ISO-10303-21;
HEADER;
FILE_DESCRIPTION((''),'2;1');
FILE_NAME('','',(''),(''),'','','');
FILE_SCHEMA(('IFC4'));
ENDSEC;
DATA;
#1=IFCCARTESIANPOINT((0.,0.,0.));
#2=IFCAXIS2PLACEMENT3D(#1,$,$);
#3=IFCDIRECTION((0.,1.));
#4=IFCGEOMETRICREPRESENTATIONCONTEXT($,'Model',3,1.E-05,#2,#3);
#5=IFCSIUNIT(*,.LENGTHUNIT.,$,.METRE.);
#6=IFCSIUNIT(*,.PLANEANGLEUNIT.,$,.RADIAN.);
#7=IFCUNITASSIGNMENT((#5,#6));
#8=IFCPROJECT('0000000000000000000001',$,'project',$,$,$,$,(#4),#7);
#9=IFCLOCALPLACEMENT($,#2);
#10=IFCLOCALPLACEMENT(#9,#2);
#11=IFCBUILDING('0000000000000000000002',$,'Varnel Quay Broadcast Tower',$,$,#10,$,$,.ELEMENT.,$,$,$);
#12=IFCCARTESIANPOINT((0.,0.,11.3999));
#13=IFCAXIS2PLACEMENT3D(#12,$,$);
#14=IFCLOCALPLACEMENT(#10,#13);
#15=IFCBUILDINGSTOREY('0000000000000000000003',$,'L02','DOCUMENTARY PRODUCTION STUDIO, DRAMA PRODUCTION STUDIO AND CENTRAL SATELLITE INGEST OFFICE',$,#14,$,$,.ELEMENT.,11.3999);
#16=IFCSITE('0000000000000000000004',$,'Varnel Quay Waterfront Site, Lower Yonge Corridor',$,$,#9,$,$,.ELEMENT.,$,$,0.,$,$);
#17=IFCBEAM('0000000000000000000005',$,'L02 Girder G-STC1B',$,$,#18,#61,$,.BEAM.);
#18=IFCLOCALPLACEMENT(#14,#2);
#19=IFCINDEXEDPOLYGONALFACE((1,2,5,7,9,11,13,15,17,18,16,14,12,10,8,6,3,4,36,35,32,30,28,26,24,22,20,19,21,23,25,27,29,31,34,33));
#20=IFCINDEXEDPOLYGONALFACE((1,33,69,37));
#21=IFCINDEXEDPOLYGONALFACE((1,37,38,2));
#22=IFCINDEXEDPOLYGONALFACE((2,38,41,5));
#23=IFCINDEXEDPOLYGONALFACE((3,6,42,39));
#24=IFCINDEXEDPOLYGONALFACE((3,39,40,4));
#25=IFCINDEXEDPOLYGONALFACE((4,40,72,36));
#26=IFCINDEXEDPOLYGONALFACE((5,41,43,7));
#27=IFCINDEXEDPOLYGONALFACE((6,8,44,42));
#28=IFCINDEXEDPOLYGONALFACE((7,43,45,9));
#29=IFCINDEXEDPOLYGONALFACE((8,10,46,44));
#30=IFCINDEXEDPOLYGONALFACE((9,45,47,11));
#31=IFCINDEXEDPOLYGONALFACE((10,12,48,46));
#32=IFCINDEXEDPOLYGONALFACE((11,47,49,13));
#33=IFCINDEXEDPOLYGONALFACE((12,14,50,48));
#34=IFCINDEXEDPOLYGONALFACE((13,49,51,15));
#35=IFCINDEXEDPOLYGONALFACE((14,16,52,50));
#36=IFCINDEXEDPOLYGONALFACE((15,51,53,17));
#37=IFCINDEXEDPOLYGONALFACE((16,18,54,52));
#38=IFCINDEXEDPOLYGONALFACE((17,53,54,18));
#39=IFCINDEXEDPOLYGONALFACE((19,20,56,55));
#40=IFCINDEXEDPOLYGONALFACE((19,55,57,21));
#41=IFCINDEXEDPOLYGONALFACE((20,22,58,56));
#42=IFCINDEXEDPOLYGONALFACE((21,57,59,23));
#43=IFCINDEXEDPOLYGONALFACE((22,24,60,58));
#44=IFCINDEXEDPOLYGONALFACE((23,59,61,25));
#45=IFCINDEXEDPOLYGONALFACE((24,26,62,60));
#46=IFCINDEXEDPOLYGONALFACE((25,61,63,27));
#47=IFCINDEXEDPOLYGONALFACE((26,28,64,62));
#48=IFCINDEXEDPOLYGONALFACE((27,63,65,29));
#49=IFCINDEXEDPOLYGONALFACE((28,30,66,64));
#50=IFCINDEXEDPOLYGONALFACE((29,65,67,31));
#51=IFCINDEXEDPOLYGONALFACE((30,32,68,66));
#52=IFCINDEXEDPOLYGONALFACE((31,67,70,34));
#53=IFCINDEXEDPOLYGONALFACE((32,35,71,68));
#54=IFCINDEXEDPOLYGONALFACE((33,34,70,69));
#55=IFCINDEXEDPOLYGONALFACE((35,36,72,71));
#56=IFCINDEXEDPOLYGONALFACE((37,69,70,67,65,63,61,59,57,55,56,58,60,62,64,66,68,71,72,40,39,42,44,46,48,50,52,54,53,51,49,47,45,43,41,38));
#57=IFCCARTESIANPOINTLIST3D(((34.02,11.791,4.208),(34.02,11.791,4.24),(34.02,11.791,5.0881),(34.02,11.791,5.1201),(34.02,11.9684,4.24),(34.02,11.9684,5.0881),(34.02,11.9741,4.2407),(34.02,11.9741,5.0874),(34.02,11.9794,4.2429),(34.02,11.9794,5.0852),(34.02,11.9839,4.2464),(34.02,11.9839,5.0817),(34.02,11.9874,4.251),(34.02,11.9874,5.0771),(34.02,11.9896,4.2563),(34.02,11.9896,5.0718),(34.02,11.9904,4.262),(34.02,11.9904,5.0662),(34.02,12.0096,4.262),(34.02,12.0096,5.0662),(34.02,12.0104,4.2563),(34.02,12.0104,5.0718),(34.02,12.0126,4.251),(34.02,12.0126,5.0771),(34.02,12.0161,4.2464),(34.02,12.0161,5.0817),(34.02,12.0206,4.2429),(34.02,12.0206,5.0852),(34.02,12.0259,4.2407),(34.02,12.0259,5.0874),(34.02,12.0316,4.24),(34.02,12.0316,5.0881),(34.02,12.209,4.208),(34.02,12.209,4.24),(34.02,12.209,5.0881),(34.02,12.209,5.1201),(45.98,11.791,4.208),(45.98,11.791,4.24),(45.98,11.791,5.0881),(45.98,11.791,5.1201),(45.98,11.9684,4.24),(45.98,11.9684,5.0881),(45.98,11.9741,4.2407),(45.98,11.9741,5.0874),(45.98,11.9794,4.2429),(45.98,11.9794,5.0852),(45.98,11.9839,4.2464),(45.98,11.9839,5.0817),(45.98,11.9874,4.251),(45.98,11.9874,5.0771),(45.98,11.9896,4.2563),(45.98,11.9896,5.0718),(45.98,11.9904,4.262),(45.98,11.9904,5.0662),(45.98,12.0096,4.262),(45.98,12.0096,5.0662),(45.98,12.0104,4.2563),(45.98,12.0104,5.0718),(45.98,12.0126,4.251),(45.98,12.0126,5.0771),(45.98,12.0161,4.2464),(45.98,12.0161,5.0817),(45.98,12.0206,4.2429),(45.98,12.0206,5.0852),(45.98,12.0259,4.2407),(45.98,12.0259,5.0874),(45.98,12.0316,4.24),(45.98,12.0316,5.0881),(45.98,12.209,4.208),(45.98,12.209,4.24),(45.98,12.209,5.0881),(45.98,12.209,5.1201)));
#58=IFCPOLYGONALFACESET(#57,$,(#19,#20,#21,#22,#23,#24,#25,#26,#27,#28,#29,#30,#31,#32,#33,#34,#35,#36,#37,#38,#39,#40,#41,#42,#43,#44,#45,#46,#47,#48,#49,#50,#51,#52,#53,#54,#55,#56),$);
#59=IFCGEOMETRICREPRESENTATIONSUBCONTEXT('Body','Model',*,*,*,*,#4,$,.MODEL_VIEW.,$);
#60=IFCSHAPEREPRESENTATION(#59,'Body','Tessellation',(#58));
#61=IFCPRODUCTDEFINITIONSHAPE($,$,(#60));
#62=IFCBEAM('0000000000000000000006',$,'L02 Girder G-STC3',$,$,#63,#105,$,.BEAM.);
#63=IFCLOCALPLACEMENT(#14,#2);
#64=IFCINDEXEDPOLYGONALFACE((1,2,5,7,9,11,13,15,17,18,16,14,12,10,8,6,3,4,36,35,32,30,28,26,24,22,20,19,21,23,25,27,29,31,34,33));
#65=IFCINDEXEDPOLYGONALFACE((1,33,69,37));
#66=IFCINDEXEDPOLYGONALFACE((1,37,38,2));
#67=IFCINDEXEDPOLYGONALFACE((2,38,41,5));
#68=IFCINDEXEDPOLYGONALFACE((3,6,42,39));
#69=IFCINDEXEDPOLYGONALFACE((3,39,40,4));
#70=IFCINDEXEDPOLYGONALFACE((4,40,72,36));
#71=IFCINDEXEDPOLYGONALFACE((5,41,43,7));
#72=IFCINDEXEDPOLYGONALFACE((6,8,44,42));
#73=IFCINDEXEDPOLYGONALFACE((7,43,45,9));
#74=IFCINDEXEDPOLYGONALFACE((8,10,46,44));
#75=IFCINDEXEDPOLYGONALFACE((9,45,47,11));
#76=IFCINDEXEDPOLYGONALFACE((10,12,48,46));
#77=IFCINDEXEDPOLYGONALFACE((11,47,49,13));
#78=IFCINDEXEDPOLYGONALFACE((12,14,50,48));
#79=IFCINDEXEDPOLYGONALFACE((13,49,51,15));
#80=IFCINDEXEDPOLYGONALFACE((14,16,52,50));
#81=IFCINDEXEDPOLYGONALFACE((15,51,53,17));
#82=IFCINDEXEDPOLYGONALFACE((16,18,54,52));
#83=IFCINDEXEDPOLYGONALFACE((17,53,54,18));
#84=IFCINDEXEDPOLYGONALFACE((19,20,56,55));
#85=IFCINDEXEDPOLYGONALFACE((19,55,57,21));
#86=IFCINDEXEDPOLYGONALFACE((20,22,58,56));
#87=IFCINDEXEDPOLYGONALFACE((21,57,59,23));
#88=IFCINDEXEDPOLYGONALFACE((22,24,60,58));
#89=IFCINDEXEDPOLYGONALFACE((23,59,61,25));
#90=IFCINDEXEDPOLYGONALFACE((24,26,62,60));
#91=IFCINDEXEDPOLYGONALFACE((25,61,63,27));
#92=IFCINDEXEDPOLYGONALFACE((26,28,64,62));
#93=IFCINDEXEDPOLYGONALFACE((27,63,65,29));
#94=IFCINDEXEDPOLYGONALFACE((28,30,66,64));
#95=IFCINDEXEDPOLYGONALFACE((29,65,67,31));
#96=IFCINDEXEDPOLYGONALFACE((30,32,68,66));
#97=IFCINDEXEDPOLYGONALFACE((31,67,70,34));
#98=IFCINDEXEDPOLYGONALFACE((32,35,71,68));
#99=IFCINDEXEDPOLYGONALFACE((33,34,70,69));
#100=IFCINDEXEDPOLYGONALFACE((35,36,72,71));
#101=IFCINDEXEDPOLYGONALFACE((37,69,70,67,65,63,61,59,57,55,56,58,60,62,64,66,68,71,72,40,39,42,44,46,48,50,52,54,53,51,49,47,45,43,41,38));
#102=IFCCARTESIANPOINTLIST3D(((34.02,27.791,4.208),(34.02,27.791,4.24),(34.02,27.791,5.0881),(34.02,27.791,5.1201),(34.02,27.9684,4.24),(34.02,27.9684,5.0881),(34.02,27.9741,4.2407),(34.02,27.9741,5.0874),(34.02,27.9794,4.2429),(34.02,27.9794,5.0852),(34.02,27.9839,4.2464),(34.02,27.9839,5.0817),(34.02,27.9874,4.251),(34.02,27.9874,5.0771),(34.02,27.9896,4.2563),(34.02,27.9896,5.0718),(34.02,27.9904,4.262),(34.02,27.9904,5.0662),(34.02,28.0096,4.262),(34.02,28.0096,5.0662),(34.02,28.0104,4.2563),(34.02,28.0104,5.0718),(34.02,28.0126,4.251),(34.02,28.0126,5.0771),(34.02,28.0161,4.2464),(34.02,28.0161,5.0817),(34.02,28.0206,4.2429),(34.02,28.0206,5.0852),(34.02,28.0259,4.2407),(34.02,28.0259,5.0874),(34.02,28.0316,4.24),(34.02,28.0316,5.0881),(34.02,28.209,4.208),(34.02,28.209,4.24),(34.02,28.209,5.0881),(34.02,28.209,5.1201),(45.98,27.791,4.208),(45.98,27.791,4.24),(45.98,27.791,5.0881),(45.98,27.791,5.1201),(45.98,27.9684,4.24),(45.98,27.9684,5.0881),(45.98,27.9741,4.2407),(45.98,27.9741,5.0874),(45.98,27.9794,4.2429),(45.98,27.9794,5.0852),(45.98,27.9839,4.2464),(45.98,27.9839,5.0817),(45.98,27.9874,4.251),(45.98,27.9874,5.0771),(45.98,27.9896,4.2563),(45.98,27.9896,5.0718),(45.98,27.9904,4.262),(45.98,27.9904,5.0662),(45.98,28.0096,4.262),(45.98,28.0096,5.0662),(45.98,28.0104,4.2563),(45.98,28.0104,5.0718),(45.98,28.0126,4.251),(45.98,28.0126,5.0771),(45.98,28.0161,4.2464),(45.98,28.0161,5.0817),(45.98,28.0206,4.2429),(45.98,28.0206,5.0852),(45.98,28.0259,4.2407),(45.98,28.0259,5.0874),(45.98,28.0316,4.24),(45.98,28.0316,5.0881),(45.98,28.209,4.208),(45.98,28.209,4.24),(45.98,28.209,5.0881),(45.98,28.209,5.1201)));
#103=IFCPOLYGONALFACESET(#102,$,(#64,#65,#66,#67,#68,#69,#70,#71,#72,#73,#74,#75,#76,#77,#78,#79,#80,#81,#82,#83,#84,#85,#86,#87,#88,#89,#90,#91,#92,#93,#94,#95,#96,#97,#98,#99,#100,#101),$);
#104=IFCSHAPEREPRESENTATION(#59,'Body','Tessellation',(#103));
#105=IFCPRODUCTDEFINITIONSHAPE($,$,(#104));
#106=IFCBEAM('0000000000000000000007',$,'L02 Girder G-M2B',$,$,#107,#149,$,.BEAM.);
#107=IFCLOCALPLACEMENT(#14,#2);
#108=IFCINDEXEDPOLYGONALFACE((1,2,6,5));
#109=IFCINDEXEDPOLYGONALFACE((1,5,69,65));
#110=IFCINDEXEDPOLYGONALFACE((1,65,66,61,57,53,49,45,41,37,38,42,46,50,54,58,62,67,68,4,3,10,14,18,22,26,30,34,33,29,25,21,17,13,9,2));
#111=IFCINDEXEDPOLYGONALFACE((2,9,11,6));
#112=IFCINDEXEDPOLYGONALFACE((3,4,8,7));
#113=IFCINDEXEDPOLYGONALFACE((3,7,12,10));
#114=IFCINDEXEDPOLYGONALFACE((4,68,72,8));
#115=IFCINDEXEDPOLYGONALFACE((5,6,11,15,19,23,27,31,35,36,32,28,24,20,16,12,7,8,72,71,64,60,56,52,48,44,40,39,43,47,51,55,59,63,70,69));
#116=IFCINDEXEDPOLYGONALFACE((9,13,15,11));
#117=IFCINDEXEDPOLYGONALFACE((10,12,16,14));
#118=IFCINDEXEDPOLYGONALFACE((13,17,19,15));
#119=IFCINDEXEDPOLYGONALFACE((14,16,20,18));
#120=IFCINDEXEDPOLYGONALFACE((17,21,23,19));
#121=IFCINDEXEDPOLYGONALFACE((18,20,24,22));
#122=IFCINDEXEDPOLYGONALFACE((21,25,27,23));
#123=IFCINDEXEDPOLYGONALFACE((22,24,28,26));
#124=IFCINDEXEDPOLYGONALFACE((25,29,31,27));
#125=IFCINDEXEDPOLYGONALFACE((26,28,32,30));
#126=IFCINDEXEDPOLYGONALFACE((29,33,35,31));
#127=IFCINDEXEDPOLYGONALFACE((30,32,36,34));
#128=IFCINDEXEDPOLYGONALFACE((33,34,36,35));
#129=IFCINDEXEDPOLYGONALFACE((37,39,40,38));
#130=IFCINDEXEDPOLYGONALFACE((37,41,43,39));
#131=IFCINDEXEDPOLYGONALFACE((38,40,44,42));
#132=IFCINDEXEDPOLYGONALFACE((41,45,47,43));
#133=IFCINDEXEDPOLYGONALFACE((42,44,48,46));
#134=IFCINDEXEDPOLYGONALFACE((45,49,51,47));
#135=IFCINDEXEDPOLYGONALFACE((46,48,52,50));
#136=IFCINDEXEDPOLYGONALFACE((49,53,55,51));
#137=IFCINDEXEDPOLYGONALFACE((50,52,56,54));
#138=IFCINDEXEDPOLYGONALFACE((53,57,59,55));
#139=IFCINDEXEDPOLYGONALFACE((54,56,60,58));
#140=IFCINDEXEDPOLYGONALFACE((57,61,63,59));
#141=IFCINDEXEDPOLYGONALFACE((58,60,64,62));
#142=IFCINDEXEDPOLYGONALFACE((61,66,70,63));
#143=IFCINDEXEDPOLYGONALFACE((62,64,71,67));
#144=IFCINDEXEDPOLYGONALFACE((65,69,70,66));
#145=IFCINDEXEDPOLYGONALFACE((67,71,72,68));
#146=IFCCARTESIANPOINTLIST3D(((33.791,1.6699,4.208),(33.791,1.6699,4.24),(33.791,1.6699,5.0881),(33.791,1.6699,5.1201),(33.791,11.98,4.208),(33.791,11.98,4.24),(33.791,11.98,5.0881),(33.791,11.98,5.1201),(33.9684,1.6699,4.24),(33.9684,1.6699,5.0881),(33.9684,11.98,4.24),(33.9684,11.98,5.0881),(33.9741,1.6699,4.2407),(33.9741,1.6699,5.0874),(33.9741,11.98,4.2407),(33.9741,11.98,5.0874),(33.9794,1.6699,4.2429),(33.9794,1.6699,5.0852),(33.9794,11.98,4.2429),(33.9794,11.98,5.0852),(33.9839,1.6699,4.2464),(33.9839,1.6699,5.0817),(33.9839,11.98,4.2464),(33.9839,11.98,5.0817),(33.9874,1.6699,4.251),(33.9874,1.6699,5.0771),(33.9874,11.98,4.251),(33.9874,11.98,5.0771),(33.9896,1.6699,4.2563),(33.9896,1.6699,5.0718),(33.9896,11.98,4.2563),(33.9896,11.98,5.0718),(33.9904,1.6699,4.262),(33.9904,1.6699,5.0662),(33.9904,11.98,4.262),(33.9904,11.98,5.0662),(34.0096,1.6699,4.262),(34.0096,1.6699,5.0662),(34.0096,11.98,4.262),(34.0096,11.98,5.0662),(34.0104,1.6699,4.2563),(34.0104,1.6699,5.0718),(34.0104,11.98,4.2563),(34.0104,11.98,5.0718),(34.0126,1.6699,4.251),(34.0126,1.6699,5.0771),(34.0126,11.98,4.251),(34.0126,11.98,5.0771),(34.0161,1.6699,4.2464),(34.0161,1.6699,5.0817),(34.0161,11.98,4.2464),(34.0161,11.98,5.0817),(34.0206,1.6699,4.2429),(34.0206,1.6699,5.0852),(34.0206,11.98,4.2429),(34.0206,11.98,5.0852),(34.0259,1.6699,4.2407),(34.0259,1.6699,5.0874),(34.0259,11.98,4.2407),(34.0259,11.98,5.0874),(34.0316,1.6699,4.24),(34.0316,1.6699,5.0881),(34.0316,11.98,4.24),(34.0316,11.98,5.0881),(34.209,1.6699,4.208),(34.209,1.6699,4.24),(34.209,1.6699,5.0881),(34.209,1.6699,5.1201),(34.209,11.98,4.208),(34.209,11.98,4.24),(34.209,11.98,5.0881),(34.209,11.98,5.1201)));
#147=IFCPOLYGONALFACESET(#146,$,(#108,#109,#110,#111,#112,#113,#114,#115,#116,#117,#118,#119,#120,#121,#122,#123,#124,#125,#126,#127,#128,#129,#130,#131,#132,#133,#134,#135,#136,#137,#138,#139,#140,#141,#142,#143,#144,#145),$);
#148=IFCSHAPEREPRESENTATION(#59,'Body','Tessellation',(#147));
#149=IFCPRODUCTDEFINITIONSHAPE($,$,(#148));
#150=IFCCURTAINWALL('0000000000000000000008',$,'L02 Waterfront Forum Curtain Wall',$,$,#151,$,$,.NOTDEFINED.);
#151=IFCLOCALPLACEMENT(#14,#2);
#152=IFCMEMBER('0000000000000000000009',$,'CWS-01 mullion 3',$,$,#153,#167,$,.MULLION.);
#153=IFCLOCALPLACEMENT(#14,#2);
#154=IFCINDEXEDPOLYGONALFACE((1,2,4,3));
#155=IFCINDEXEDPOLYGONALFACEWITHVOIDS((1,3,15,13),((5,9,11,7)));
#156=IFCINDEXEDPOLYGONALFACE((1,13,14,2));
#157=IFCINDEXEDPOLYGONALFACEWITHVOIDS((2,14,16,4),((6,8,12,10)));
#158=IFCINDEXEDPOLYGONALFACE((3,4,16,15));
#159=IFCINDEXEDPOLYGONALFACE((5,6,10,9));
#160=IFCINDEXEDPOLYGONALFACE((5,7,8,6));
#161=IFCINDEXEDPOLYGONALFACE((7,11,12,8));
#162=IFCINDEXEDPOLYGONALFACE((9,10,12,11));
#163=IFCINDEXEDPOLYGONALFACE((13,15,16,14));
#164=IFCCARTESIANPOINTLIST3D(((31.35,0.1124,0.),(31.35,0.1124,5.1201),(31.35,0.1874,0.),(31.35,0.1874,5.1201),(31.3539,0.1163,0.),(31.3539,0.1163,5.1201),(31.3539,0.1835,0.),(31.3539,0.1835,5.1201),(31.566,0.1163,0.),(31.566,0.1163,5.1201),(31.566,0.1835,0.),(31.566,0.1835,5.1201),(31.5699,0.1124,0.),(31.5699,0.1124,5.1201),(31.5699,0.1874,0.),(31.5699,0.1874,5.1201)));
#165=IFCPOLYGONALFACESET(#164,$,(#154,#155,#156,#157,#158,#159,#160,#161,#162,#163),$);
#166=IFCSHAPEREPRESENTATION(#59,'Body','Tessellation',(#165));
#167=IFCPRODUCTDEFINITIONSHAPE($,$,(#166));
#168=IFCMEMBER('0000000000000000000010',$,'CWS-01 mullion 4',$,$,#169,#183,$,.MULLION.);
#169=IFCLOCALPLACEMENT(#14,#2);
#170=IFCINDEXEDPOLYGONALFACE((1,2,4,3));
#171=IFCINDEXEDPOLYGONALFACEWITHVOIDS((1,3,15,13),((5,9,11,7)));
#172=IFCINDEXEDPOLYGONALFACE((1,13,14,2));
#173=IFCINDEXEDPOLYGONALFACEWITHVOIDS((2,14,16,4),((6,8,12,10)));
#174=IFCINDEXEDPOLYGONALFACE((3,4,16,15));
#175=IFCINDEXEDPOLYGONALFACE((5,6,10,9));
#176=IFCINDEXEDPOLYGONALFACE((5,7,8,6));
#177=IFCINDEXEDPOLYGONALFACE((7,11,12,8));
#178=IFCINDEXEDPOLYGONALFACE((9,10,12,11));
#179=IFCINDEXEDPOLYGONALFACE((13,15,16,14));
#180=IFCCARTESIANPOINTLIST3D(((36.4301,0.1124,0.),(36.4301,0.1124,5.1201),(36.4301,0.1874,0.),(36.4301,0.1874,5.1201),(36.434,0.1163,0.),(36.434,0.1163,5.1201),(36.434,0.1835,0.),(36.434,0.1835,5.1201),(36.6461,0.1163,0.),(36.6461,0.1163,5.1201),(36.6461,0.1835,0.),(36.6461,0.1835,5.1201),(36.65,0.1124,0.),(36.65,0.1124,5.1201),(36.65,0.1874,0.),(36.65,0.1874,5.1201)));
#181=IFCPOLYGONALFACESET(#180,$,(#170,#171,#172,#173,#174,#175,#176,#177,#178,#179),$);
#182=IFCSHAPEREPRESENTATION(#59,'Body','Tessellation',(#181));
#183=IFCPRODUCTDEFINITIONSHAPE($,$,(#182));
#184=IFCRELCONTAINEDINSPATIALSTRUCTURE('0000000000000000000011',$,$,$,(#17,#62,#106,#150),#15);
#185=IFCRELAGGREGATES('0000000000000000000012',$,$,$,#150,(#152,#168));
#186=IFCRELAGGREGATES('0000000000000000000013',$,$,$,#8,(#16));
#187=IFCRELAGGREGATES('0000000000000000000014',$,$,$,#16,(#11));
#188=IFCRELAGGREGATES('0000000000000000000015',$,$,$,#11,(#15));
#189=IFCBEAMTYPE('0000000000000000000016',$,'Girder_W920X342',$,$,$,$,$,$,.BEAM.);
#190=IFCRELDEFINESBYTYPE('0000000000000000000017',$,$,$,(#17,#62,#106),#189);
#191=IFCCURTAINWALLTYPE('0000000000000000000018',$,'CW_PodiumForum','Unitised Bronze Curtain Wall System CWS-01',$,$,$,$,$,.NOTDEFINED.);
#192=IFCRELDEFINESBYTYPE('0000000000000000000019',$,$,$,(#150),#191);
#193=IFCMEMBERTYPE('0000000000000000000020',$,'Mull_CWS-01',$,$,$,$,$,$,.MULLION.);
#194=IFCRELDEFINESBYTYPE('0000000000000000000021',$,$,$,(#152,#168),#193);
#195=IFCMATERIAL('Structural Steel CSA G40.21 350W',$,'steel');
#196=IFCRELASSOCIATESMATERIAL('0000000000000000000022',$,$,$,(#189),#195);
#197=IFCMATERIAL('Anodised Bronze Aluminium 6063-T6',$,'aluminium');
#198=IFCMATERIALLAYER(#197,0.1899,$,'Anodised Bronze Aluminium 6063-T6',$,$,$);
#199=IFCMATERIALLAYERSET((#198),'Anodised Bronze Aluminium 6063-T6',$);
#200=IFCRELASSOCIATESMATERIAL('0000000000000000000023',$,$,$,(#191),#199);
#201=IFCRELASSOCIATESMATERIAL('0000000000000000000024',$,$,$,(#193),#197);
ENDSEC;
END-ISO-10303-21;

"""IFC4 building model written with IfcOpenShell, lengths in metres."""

from ifc_helpers import new_model, si_unit, direction, frame, origin, origin_2d, place, context, subcontext, project, spatial, hollow_rectangle, i_section, extrude, source, transform, mapped, material, layer, layer_set, material_profile, profile_set, type_object, type_shapes, element, aggregate, save


model = new_model("IFC4")

# Units and contexts
model_context = context("Model", 3, precision=1e-05, world=origin(), true_north=direction((0.0, 1.0)))
body_context = subcontext(model_context, "Body", "Model", "MODEL_VIEW")
ifc_project = project(units=[si_unit("LENGTHUNIT", "METRE"), si_unit("PLANEANGLEUNIT", "RADIAN")], contexts=[model_context])

# Site, building, storey
site_placement = place(None, origin())
site = spatial("IfcSite", under=ifc_project, at=site_placement, Name="Varnel Quay Waterfront Site, Lower Yonge Corridor", CompositionType="ELEMENT", RefElevation=0.0)
building_placement = place(site_placement, origin())
building = spatial("IfcBuilding", under=site, at=building_placement, Name="Varnel Quay Broadcast Tower", CompositionType="ELEMENT")
storey_placement = place(building_placement, frame((0.0, 0.0, 11.3999)))
storey = spatial("IfcBuildingStorey", under=building, at=storey_placement, Name="L02", Description="DOCUMENTARY PRODUCTION STUDIO, DRAMA PRODUCTION STUDIO AND CENTRAL SATELLITE INGEST OFFICE", CompositionType="ELEMENT", Elevation=11.3999)

# Shared definitions
ifc_material_1 = material(Name="Structural Steel CSA G40.21 350W", Category="steel")

# Beams
ifc_material_profile_1 = material_profile(ifc_material_1, i_section(OverallWidth=0.418, OverallDepth=0.9121, WebThickness=0.0193, FlangeThickness=0.032, FilletRadius=0.022, at=origin_2d()), Name="W920X342")
ifc_profile_set_1 = profile_set([ifc_material_profile_1], Name="Structural Steel CSA G40.21 350W")
beam_type = type_object("IfcBeamType", Name="Girder_W920X342", PredefinedType="BEAM", material=ifc_profile_set_1)
shared_shape_1 = source(origin(), body_context, "Body", "SweptSolid", [
    extrude(i_section(OverallWidth=0.418, OverallDepth=0.9121, WebThickness=0.0193, FlangeThickness=0.032, FilletRadius=0.022, at=origin_2d()), origin(), (0.0, 0.0, 1.0), 11.96),
])
for number, where, z_axis, x_axis, name in (
    (1, (34.02, 12.0, 4.6641), (1.0, 0.0, 0.0), (0.0, 1.0, 0.0), "L02 Girder G-STC1B"),
    (2, (34.02, 28.0, 4.6641), (1.0, 0.0, 0.0), (0.0, 1.0, 0.0), "L02 Girder G-STC3"),
):
    element("IfcBeam", number, at=place(storey_placement, frame(where, z_axis=z_axis, x_axis=x_axis)), inside=storey, type_object=beam_type, Name=name, PredefinedType="BEAM", context=body_context, shape_type="MappedRepresentation", body=[
        mapped(shared_shape_1, transform((0.0, 0.0, 0.0), x_axis=(1.0, 0.0, 0.0), y_axis=(0.0, 1.0, 0.0), z_axis=(0.0, 0.0, 1.0), scale=1.0)),
    ])
shared_shape_2 = source(origin(), body_context, "Body", "SweptSolid", [
    extrude(i_section(OverallWidth=0.418, OverallDepth=0.9121, WebThickness=0.0193, FlangeThickness=0.032, FilletRadius=0.022, at=origin_2d()), origin(), (0.0, 0.0, 1.0), 10.3101),
])
type_shapes(beam_type, [shared_shape_1, shared_shape_2])
beam_placement = place(storey_placement, frame((34.0, 1.6699, 4.6641), z_axis=(0.0, 1.0, 0.0), x_axis=(-1.0, 0.0, 0.0)))
element("IfcBeam", 3, at=beam_placement, inside=storey, type_object=beam_type, Name="L02 Girder G-M2B", PredefinedType="BEAM", context=body_context, shape_type="MappedRepresentation", body=[
    mapped(shared_shape_2, transform((0.0, 0.0, 0.0), x_axis=(1.0, 0.0, 0.0), y_axis=(0.0, 1.0, 0.0), z_axis=(0.0, 0.0, 1.0), scale=1.0)),
])

# Curtain wall, members
ifc_material_2 = material(Name="Anodised Bronze Aluminium 6063-T6", Category="aluminium")
ifc_layer_1 = layer(ifc_material_2, 0.1899, Name="Anodised Bronze Aluminium 6063-T6")
ifc_layer_set_1 = layer_set([ifc_layer_1], Name="Anodised Bronze Aluminium 6063-T6")
curtain_wall_type = type_object("IfcCurtainWallType", Name="CW_PodiumForum", Description="Unitised Bronze Curtain Wall System CWS-01", PredefinedType="NOTDEFINED", material=ifc_layer_set_1)
curtain_wall_placement = place(storey_placement, origin())
curtain_wall = element("IfcCurtainWall", 4, at=curtain_wall_placement, inside=storey, type_object=curtain_wall_type, Name="L02 Waterfront Forum Curtain Wall", PredefinedType="NOTDEFINED")
ifc_material_profile_2 = material_profile(ifc_material_2, hollow_rectangle(XDim=0.075, YDim=0.22, WallThickness=0.0039, at=origin_2d()), Name="ALU75X220X4")
ifc_profile_set_2 = profile_set([ifc_material_profile_2], Name="Anodised Bronze Aluminium 6063-T6")
member_type_1 = type_object("IfcMemberType", Name="Mull_CWS-01", PredefinedType="MULLION", material=ifc_profile_set_2)
shared_shape_3 = source(origin(), body_context, "Body", "SweptSolid", [
    extrude(hollow_rectangle(XDim=0.075, YDim=0.22, WallThickness=0.0039, at=origin_2d()), origin(), (0.0, 0.0, 1.0), 5.1201),
])
type_shapes(member_type_1, [shared_shape_3])
member_1_placement = place(storey_placement, frame((31.46, 0.1499, 0.0), z_axis=(0.0, 0.0, 1.0), x_axis=(0.0, 1.0, 0.0)))
member_1 = element("IfcMember", 5, at=member_1_placement, type_object=member_type_1, Name="CWS-01 mullion 3", PredefinedType="MULLION", context=body_context, shape_type="MappedRepresentation", body=[
    mapped(shared_shape_3, transform((0.0, 0.0, 0.0), x_axis=(1.0, 0.0, 0.0), y_axis=(0.0, 1.0, 0.0), z_axis=(0.0, 0.0, 1.0), scale=1.0)),
])
member_2_placement = place(storey_placement, frame((36.54, 0.1499, 0.0), z_axis=(0.0, 0.0, 1.0), x_axis=(0.0, 1.0, 0.0)))
member_2 = element("IfcMember", 6, at=member_2_placement, type_object=member_type_1, Name="CWS-01 mullion 4", PredefinedType="MULLION", context=body_context, shape_type="MappedRepresentation", body=[
    mapped(shared_shape_3, transform((0.0, 0.0, 0.0), x_axis=(1.0, 0.0, 0.0), y_axis=(0.0, 1.0, 0.0), z_axis=(0.0, 0.0, 1.0), scale=1.0)),
])
aggregate(curtain_wall, [member_1, member_2])

save(model, "model.ifc")
